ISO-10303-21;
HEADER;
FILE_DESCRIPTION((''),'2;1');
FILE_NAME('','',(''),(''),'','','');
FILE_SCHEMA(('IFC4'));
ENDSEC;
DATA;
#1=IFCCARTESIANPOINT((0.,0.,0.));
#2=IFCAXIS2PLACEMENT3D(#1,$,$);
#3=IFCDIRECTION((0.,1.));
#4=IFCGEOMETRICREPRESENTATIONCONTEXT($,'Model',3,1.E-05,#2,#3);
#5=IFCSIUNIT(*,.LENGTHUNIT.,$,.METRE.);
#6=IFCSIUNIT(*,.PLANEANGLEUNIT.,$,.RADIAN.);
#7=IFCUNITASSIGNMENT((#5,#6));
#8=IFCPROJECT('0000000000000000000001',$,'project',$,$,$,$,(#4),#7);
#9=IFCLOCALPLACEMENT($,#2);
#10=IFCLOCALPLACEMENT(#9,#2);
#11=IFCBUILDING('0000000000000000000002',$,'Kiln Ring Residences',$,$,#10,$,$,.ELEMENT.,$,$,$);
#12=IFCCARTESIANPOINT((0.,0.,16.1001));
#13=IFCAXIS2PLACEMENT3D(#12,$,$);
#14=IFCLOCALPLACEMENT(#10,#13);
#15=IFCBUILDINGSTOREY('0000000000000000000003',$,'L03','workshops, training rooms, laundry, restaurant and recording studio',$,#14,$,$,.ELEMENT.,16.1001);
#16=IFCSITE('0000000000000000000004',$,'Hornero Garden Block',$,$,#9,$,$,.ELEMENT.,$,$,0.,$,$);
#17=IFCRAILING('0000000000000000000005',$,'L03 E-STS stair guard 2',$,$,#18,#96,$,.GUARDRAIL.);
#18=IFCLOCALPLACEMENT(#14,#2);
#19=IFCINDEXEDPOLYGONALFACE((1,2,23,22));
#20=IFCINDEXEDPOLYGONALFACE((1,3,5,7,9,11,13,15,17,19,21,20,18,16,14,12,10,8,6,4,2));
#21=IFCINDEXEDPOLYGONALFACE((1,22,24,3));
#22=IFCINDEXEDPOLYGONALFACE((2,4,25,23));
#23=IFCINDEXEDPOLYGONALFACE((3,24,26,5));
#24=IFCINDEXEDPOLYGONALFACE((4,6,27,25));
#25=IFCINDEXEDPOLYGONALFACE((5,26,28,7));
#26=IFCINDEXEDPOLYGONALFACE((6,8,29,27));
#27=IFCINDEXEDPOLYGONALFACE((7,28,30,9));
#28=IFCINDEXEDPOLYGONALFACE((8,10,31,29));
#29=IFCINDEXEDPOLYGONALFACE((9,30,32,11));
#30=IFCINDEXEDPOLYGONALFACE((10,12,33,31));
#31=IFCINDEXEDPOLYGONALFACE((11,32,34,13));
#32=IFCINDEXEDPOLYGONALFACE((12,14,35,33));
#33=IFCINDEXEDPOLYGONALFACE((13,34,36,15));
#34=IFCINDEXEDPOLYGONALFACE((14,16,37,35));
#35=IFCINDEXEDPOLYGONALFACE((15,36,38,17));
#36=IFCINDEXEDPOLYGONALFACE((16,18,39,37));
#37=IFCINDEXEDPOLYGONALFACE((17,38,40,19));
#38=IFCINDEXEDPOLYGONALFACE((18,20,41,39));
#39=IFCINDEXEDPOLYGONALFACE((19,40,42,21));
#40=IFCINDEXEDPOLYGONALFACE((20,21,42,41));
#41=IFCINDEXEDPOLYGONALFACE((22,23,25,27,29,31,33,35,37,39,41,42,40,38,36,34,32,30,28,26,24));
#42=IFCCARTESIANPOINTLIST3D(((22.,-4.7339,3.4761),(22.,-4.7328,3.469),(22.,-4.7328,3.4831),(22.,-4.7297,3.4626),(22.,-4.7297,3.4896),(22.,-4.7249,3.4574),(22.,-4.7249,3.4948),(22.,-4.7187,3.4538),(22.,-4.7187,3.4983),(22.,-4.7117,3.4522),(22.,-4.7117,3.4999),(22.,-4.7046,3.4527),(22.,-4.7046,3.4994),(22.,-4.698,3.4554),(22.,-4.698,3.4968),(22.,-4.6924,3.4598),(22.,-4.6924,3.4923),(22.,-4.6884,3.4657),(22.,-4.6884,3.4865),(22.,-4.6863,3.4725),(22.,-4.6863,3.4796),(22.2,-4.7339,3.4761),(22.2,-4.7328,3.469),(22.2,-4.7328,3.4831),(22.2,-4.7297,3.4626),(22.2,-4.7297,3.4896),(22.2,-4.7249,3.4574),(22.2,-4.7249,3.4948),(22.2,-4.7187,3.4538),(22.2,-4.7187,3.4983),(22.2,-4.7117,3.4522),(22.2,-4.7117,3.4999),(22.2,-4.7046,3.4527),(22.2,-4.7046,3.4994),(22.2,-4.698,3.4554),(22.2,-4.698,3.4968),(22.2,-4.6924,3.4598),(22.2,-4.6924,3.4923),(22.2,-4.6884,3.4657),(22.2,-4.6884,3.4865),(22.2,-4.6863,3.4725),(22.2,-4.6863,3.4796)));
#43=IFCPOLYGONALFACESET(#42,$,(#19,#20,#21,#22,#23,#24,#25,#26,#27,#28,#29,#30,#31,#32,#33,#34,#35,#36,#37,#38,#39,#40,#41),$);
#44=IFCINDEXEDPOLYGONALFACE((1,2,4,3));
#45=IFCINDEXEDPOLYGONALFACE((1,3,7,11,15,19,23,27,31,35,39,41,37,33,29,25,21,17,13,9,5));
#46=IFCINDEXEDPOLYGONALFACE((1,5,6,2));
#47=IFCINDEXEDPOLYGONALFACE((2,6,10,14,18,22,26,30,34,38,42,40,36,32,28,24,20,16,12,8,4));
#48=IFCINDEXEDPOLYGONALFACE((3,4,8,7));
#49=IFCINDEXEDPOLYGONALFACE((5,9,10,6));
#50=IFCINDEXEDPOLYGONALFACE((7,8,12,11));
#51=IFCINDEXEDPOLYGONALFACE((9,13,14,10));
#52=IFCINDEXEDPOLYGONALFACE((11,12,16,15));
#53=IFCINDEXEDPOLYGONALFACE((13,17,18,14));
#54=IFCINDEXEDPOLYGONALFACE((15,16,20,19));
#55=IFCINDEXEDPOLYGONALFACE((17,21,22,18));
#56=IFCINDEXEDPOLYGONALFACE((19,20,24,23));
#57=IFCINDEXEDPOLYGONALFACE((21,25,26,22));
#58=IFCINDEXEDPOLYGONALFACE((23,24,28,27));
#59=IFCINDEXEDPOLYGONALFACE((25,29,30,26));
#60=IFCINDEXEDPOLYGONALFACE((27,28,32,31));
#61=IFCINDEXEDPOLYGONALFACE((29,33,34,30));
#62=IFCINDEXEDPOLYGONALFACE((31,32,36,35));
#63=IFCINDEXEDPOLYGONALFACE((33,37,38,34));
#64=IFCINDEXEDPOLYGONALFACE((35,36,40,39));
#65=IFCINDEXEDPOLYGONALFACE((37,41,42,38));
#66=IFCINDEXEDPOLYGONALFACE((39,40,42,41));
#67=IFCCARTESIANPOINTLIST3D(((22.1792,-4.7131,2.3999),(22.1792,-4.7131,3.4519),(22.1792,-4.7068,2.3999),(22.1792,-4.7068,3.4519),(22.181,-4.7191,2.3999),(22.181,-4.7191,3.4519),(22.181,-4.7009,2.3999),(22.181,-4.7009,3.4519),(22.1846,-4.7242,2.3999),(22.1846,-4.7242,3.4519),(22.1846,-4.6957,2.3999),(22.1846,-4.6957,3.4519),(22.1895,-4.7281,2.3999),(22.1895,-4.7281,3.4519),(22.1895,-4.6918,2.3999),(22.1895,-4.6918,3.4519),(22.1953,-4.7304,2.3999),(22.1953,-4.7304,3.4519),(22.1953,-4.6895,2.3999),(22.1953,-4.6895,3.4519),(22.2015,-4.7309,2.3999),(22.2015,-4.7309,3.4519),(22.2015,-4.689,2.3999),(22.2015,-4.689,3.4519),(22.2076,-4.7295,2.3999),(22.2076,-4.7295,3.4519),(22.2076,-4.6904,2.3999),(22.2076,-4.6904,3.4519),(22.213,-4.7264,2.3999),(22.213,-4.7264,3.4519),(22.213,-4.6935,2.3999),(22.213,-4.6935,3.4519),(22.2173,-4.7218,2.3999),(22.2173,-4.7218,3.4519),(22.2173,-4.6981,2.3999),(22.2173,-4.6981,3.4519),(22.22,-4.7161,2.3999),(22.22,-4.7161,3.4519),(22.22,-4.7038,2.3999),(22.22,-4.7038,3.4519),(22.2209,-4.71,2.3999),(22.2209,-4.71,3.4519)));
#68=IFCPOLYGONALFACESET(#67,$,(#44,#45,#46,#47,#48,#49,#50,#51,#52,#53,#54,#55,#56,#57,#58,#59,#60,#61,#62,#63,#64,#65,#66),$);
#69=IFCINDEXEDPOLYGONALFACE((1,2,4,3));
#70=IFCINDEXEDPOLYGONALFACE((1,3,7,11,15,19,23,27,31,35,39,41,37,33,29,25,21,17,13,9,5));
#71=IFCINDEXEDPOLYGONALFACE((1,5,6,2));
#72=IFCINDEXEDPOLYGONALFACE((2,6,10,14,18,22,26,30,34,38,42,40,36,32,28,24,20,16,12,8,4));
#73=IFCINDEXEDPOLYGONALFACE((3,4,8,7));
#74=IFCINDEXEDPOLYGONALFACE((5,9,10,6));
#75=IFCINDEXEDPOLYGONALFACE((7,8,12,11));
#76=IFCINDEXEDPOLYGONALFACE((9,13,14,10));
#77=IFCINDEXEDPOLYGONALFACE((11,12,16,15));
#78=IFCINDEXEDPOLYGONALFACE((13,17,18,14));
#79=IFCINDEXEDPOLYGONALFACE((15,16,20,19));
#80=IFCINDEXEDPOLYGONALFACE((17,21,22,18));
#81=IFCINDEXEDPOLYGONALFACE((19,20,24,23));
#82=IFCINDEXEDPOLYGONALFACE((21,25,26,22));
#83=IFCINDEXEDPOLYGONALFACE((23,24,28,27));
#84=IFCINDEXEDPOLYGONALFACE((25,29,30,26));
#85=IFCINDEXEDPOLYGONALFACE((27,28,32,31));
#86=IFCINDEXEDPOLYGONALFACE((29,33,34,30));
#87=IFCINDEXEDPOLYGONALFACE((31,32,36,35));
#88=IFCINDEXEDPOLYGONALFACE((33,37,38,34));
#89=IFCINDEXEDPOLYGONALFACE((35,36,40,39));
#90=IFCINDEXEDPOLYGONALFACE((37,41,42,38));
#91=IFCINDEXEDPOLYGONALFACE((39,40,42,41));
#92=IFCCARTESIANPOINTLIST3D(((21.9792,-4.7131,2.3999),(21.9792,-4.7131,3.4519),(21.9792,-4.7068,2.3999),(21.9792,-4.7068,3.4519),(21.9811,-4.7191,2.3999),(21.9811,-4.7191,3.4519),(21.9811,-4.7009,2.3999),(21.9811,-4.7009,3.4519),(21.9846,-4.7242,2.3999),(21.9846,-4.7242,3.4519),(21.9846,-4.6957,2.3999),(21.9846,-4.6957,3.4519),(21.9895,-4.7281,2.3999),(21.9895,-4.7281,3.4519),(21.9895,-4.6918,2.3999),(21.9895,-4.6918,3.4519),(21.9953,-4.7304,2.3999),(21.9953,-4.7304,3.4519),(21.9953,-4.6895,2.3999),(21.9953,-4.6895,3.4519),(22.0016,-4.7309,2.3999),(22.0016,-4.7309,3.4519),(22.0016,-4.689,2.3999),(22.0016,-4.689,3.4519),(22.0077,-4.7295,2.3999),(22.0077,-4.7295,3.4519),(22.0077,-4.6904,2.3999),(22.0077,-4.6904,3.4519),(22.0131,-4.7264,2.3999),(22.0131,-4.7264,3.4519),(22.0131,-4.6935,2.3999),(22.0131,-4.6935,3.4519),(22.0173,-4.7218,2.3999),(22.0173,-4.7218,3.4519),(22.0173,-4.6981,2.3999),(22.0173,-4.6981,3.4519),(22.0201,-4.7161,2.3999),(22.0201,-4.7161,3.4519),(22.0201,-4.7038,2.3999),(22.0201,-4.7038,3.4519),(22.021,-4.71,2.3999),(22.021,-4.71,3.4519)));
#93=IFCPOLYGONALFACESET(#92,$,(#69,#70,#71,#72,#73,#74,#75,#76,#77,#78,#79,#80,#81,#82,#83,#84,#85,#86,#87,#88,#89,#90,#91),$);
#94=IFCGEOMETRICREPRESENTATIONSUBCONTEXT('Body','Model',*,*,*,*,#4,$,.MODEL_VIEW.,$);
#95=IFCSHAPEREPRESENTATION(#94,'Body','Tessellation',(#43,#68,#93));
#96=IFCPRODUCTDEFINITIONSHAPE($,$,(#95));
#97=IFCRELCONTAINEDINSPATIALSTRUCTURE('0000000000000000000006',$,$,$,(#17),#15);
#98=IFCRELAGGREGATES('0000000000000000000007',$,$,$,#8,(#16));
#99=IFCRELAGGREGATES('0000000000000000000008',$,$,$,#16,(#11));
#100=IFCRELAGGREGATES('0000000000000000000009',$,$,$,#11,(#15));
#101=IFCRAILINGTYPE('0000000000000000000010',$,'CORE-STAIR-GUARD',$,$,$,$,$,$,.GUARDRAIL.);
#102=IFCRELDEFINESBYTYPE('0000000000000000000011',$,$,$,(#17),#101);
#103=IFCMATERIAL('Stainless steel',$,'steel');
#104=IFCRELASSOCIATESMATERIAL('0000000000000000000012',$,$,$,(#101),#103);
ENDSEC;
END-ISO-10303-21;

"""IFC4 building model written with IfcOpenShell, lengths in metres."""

from ifc_helpers import new_model, si_unit, direction, frame, origin, origin_2d, place, context, subcontext, project, spatial, circle, extrude, material, type_object, element, save


model = new_model("IFC4")

# Units and contexts
model_context = context("Model", 3, precision=1e-05, world=origin(), true_north=direction((0.0, 1.0)))
body_context = subcontext(model_context, "Body", "Model", "MODEL_VIEW")
ifc_project = project(units=[si_unit("LENGTHUNIT", "METRE"), si_unit("PLANEANGLEUNIT", "RADIAN")], contexts=[model_context])

# Site, building, storey
site_placement = place(None, origin())
site = spatial("IfcSite", under=ifc_project, at=site_placement, Name="Hornero Garden Block", CompositionType="ELEMENT", RefElevation=0.0)
building_placement = place(site_placement, origin())
building = spatial("IfcBuilding", under=site, at=building_placement, Name="Kiln Ring Residences", CompositionType="ELEMENT")
storey_placement = place(building_placement, frame((0.0, 0.0, 16.1001)))
storey = spatial("IfcBuildingStorey", under=building, at=storey_placement, Name="L03", Description="workshops, training rooms, laundry, restaurant and recording studio", CompositionType="ELEMENT", Elevation=16.1001)

# Railing
ifc_material_1 = material(Name="Stainless steel", Category="steel")
railing_type_1 = type_object("IfcRailingType", Name="CORE-STAIR-GUARD", PredefinedType="GUARDRAIL", material=ifc_material_1)
railing_1_placement = place(storey_placement, frame((22.2, -4.71, 2.3999)))
element("IfcRailing", 1, at=railing_1_placement, inside=storey, type_object=railing_type_1, Name="L03 E-STS stair guard 2", PredefinedType="GUARDRAIL", context=body_context, shape_type="SweptSolid", body=[
    extrude(circle(Radius=0.0239, at=origin_2d()), frame((0.0, 0.0, 1.0762), z_axis=(-1.0, 0.0, 0.0), x_axis=(0.0, -1.0, 0.0)), (0.0, 0.0, 1.0), 0.2),
    extrude(circle(Radius=0.021, at=origin_2d()), origin(), (0.0, 0.0, 1.0), 1.052),
    extrude(circle(Radius=0.021, at=origin_2d()), frame((-0.2, 0.0, 0.0)), (0.0, 0.0, 1.0), 1.052),
])

save(model, "model.ifc")
